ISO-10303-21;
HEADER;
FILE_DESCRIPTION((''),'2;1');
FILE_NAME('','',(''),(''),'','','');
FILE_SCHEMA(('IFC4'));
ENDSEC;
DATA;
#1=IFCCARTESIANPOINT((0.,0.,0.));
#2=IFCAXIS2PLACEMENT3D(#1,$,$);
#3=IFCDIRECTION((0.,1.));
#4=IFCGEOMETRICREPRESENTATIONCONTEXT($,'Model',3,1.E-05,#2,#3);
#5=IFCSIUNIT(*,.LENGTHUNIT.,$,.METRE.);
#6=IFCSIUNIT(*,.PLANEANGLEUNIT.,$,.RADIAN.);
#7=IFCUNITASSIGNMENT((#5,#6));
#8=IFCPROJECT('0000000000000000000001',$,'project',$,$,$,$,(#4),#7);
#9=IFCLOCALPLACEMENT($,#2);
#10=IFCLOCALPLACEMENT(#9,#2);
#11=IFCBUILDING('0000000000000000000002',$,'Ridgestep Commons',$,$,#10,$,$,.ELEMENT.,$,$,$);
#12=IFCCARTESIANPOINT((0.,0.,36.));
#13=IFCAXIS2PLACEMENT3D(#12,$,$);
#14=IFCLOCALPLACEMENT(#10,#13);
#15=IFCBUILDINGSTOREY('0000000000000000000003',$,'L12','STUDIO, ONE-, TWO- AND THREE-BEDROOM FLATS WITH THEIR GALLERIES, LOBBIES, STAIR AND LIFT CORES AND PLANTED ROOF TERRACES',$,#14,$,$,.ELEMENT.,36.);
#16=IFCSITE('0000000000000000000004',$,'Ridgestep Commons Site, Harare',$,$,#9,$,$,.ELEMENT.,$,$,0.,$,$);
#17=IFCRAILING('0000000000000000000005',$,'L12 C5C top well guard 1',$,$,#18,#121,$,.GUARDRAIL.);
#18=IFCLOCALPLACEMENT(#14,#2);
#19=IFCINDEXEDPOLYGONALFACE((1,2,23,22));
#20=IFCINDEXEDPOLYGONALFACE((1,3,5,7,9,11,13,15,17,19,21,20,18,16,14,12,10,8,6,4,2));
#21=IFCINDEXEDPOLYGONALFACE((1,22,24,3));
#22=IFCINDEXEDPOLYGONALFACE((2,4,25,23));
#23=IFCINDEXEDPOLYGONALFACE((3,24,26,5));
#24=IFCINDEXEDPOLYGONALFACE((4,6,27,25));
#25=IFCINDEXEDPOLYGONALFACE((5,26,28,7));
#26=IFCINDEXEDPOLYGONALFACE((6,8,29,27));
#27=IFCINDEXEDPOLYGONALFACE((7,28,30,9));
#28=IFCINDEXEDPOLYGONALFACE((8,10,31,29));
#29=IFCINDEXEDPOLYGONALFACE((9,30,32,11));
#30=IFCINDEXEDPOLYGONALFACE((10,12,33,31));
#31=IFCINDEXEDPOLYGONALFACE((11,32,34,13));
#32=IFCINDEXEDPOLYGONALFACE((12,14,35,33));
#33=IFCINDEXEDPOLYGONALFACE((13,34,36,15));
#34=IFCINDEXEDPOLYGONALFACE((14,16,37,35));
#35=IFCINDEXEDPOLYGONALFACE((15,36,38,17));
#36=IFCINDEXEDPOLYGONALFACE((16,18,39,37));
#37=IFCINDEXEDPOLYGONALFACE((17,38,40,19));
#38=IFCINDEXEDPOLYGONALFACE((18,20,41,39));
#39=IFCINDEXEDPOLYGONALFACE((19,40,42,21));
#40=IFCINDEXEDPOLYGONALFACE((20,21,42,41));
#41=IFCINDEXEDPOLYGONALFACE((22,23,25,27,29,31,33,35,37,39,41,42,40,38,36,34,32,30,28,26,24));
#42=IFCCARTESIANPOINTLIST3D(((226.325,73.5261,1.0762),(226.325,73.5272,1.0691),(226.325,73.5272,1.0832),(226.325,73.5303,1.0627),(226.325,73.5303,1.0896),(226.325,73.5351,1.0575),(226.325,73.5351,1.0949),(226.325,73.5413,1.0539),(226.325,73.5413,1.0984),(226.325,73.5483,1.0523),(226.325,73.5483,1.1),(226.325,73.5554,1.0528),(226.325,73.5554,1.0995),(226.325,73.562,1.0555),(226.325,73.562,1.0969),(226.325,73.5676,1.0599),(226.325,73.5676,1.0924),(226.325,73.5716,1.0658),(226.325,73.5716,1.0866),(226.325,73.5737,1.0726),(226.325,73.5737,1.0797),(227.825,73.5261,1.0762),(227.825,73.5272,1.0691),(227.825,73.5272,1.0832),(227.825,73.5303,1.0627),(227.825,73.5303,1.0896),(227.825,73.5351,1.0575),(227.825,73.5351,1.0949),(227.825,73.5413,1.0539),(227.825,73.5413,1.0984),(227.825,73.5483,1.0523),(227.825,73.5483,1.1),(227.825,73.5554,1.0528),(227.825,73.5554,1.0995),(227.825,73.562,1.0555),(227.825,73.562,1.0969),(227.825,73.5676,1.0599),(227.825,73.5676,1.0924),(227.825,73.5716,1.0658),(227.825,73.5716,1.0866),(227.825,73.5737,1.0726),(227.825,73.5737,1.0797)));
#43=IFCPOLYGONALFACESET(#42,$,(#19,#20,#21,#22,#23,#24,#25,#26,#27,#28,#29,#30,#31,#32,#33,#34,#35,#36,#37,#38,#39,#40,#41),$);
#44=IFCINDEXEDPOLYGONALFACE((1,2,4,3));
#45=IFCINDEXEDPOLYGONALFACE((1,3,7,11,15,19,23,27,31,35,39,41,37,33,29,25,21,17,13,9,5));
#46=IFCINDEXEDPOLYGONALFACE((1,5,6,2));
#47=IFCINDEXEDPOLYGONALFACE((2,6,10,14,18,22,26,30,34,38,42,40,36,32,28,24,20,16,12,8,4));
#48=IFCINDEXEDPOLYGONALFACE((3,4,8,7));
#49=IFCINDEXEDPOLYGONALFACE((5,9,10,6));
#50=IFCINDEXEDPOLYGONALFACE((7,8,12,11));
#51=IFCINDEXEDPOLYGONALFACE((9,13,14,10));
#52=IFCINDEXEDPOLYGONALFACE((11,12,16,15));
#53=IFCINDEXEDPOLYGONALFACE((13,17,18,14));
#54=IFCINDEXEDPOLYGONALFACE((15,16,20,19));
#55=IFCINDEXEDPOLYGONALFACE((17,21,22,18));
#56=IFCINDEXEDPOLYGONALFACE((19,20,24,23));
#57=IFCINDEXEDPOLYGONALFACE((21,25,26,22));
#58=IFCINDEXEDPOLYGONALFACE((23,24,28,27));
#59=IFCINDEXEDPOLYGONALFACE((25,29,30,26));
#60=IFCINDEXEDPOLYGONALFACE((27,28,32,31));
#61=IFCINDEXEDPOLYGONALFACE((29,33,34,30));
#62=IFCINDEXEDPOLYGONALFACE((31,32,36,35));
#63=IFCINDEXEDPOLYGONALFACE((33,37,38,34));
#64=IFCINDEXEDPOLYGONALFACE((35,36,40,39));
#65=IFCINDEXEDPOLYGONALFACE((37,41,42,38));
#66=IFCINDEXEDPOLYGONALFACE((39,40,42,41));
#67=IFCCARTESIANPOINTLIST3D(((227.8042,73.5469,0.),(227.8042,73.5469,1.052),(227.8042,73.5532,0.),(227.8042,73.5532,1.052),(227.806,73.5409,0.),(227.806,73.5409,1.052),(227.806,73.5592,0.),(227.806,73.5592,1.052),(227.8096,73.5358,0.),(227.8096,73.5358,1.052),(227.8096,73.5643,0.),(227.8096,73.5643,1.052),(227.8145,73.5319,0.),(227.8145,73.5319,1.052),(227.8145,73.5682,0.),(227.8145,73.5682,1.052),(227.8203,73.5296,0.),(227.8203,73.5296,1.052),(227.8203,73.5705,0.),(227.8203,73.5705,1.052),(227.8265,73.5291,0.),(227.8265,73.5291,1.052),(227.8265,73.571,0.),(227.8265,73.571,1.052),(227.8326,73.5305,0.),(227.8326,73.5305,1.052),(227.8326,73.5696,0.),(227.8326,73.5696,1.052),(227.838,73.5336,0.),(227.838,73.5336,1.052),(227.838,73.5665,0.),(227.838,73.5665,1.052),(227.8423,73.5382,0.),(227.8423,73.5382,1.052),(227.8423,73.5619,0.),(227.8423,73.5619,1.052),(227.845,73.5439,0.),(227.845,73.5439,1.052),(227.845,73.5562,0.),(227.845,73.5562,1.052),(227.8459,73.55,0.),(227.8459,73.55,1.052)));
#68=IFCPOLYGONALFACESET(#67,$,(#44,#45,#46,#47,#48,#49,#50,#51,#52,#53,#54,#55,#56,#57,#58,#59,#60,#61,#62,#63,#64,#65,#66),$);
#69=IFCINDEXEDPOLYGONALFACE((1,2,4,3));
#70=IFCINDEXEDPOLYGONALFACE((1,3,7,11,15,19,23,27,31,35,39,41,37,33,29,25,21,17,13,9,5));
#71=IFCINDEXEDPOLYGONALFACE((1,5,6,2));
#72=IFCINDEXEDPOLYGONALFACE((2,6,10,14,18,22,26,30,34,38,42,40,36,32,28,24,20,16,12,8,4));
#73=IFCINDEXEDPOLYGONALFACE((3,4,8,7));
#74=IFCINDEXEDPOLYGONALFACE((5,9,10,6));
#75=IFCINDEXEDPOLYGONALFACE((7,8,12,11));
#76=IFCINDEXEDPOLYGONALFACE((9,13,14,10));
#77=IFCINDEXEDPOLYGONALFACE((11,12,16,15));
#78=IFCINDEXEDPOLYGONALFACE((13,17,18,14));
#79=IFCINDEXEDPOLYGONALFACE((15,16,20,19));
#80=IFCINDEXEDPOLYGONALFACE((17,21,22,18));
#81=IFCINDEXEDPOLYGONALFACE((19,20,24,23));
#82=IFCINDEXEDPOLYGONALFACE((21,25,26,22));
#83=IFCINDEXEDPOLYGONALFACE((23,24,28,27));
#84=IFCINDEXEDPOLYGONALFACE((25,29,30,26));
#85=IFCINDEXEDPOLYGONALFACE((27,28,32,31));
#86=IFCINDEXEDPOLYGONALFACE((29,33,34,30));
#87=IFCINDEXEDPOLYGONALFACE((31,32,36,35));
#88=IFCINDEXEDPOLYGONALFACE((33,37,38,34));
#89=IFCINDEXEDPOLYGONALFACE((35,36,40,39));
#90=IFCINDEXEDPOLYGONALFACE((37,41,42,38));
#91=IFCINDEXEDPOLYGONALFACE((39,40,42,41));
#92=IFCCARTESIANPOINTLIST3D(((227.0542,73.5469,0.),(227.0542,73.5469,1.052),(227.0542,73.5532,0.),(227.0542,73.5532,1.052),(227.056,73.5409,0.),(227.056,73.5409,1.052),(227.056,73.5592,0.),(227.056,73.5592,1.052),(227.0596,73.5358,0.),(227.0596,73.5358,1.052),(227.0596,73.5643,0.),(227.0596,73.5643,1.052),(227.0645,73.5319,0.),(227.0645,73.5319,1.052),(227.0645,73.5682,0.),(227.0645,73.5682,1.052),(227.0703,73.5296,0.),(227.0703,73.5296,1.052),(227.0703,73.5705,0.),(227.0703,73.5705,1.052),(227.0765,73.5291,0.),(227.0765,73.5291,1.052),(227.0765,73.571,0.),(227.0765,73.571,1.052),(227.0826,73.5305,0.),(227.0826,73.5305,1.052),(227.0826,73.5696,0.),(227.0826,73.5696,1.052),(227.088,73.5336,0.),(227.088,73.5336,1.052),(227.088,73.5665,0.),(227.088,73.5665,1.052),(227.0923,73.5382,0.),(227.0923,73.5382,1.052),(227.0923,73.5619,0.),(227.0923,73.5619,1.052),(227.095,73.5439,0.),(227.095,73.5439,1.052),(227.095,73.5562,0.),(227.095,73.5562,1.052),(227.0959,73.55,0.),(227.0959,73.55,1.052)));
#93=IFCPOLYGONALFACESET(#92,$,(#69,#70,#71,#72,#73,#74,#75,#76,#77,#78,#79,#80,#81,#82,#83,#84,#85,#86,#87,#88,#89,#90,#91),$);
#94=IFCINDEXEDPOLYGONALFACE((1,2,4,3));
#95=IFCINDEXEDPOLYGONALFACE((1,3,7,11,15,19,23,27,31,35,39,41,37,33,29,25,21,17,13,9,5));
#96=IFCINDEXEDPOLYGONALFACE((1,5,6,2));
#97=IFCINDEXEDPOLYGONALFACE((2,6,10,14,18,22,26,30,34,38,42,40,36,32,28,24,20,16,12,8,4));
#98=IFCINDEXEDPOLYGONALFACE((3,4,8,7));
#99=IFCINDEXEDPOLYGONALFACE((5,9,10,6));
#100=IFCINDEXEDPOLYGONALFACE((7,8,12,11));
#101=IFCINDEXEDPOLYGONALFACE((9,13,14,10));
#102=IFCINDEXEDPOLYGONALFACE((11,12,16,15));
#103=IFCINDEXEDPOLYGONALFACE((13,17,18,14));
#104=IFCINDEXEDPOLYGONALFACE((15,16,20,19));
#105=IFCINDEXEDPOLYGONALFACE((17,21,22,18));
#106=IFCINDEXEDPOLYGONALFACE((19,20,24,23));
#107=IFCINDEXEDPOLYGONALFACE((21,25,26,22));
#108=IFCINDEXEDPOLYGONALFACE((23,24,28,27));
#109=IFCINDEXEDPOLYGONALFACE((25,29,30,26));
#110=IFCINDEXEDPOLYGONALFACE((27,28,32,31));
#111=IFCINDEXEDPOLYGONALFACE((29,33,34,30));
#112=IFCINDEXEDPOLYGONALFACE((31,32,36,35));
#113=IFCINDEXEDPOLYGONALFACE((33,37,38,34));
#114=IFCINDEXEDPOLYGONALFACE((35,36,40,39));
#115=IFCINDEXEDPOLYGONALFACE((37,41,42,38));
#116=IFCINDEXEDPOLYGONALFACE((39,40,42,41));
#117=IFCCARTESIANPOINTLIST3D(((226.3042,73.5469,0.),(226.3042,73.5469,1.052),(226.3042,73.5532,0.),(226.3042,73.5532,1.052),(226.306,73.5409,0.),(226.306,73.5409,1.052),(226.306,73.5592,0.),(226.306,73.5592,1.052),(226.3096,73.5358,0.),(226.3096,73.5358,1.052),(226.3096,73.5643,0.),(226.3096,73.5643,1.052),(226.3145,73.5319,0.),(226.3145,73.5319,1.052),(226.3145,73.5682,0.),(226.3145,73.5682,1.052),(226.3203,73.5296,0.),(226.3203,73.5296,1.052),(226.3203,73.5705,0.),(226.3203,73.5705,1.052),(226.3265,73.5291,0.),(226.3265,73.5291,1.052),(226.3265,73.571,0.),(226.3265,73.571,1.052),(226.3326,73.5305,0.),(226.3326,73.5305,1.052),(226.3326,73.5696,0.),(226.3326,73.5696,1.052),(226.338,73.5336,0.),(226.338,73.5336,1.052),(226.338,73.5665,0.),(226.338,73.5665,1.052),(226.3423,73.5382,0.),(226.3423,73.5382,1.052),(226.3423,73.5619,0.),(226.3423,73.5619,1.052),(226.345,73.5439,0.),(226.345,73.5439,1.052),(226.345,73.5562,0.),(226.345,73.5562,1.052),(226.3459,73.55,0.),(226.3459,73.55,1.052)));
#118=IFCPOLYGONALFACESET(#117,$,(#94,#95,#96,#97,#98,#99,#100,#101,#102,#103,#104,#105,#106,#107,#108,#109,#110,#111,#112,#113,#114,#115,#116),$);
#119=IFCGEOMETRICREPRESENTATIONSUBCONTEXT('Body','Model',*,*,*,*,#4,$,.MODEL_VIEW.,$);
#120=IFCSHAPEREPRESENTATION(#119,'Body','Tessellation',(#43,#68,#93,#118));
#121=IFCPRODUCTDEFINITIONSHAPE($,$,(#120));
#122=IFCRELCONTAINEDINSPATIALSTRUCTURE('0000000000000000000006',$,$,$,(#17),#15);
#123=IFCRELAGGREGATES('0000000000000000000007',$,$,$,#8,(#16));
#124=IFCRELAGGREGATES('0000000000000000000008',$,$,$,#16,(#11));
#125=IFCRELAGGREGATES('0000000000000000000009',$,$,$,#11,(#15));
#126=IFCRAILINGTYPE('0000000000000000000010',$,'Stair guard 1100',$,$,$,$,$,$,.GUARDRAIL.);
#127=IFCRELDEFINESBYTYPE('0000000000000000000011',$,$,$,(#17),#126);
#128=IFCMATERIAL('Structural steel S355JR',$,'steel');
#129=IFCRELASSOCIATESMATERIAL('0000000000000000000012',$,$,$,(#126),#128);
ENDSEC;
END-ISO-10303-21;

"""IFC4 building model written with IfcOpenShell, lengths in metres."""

from ifc_helpers import new_model, si_unit, direction, frame, origin, origin_2d, place, context, subcontext, project, spatial, circle, extrude, material, type_object, element, save


model = new_model("IFC4")

# Units and contexts
model_context = context("Model", 3, precision=1e-05, world=origin(), true_north=direction((0.0, 1.0)))
body_context = subcontext(model_context, "Body", "Model", "MODEL_VIEW")
ifc_project = project(units=[si_unit("LENGTHUNIT", "METRE"), si_unit("PLANEANGLEUNIT", "RADIAN")], contexts=[model_context])

# Site, building, storey
site_placement = place(None, origin())
site = spatial("IfcSite", under=ifc_project, at=site_placement, Name="Ridgestep Commons Site, Harare", CompositionType="ELEMENT", RefElevation=0.0)
building_placement = place(site_placement, origin())
building = spatial("IfcBuilding", under=site, at=building_placement, Name="Ridgestep Commons", CompositionType="ELEMENT")
storey_placement = place(building_placement, frame((0.0, 0.0, 36.0)))
storey = spatial("IfcBuildingStorey", under=building, at=storey_placement, Name="L12", Description="STUDIO, ONE-, TWO- AND THREE-BEDROOM FLATS WITH THEIR GALLERIES, LOBBIES, STAIR AND LIFT CORES AND PLANTED ROOF TERRACES", CompositionType="ELEMENT", Elevation=36.0)

# Railing
ifc_material_1 = material(Name="Structural steel S355JR", Category="steel")
railing_type = type_object("IfcRailingType", Name="Stair guard 1100", PredefinedType="GUARDRAIL", material=ifc_material_1)
railing_placement = place(storey_placement, frame((227.825, 73.55, 0.0)))
element("IfcRailing", 1, at=railing_placement, inside=storey, type_object=railing_type, Name="L12 C5C top well guard 1", PredefinedType="GUARDRAIL", context=body_context, shape_type="SweptSolid", body=[
    extrude(circle(Radius=0.0239, at=origin_2d()), frame((0.0, 0.0, 1.0762), z_axis=(-1.0, 0.0, 0.0), x_axis=(0.0, -1.0, 0.0)), (0.0, 0.0, 1.0), 1.5),
    extrude(circle(Radius=0.021, at=origin_2d()), origin(), (0.0, 0.0, 1.0), 1.052),
    extrude(circle(Radius=0.021, at=origin_2d()), frame((-0.75, 0.0, 0.0)), (0.0, 0.0, 1.0), 1.052),
    extrude(circle(Radius=0.021, at=origin_2d()), frame((-1.5, 0.0, 0.0)), (0.0, 0.0, 1.0), 1.052),
])

save(model, "model.ifc")
